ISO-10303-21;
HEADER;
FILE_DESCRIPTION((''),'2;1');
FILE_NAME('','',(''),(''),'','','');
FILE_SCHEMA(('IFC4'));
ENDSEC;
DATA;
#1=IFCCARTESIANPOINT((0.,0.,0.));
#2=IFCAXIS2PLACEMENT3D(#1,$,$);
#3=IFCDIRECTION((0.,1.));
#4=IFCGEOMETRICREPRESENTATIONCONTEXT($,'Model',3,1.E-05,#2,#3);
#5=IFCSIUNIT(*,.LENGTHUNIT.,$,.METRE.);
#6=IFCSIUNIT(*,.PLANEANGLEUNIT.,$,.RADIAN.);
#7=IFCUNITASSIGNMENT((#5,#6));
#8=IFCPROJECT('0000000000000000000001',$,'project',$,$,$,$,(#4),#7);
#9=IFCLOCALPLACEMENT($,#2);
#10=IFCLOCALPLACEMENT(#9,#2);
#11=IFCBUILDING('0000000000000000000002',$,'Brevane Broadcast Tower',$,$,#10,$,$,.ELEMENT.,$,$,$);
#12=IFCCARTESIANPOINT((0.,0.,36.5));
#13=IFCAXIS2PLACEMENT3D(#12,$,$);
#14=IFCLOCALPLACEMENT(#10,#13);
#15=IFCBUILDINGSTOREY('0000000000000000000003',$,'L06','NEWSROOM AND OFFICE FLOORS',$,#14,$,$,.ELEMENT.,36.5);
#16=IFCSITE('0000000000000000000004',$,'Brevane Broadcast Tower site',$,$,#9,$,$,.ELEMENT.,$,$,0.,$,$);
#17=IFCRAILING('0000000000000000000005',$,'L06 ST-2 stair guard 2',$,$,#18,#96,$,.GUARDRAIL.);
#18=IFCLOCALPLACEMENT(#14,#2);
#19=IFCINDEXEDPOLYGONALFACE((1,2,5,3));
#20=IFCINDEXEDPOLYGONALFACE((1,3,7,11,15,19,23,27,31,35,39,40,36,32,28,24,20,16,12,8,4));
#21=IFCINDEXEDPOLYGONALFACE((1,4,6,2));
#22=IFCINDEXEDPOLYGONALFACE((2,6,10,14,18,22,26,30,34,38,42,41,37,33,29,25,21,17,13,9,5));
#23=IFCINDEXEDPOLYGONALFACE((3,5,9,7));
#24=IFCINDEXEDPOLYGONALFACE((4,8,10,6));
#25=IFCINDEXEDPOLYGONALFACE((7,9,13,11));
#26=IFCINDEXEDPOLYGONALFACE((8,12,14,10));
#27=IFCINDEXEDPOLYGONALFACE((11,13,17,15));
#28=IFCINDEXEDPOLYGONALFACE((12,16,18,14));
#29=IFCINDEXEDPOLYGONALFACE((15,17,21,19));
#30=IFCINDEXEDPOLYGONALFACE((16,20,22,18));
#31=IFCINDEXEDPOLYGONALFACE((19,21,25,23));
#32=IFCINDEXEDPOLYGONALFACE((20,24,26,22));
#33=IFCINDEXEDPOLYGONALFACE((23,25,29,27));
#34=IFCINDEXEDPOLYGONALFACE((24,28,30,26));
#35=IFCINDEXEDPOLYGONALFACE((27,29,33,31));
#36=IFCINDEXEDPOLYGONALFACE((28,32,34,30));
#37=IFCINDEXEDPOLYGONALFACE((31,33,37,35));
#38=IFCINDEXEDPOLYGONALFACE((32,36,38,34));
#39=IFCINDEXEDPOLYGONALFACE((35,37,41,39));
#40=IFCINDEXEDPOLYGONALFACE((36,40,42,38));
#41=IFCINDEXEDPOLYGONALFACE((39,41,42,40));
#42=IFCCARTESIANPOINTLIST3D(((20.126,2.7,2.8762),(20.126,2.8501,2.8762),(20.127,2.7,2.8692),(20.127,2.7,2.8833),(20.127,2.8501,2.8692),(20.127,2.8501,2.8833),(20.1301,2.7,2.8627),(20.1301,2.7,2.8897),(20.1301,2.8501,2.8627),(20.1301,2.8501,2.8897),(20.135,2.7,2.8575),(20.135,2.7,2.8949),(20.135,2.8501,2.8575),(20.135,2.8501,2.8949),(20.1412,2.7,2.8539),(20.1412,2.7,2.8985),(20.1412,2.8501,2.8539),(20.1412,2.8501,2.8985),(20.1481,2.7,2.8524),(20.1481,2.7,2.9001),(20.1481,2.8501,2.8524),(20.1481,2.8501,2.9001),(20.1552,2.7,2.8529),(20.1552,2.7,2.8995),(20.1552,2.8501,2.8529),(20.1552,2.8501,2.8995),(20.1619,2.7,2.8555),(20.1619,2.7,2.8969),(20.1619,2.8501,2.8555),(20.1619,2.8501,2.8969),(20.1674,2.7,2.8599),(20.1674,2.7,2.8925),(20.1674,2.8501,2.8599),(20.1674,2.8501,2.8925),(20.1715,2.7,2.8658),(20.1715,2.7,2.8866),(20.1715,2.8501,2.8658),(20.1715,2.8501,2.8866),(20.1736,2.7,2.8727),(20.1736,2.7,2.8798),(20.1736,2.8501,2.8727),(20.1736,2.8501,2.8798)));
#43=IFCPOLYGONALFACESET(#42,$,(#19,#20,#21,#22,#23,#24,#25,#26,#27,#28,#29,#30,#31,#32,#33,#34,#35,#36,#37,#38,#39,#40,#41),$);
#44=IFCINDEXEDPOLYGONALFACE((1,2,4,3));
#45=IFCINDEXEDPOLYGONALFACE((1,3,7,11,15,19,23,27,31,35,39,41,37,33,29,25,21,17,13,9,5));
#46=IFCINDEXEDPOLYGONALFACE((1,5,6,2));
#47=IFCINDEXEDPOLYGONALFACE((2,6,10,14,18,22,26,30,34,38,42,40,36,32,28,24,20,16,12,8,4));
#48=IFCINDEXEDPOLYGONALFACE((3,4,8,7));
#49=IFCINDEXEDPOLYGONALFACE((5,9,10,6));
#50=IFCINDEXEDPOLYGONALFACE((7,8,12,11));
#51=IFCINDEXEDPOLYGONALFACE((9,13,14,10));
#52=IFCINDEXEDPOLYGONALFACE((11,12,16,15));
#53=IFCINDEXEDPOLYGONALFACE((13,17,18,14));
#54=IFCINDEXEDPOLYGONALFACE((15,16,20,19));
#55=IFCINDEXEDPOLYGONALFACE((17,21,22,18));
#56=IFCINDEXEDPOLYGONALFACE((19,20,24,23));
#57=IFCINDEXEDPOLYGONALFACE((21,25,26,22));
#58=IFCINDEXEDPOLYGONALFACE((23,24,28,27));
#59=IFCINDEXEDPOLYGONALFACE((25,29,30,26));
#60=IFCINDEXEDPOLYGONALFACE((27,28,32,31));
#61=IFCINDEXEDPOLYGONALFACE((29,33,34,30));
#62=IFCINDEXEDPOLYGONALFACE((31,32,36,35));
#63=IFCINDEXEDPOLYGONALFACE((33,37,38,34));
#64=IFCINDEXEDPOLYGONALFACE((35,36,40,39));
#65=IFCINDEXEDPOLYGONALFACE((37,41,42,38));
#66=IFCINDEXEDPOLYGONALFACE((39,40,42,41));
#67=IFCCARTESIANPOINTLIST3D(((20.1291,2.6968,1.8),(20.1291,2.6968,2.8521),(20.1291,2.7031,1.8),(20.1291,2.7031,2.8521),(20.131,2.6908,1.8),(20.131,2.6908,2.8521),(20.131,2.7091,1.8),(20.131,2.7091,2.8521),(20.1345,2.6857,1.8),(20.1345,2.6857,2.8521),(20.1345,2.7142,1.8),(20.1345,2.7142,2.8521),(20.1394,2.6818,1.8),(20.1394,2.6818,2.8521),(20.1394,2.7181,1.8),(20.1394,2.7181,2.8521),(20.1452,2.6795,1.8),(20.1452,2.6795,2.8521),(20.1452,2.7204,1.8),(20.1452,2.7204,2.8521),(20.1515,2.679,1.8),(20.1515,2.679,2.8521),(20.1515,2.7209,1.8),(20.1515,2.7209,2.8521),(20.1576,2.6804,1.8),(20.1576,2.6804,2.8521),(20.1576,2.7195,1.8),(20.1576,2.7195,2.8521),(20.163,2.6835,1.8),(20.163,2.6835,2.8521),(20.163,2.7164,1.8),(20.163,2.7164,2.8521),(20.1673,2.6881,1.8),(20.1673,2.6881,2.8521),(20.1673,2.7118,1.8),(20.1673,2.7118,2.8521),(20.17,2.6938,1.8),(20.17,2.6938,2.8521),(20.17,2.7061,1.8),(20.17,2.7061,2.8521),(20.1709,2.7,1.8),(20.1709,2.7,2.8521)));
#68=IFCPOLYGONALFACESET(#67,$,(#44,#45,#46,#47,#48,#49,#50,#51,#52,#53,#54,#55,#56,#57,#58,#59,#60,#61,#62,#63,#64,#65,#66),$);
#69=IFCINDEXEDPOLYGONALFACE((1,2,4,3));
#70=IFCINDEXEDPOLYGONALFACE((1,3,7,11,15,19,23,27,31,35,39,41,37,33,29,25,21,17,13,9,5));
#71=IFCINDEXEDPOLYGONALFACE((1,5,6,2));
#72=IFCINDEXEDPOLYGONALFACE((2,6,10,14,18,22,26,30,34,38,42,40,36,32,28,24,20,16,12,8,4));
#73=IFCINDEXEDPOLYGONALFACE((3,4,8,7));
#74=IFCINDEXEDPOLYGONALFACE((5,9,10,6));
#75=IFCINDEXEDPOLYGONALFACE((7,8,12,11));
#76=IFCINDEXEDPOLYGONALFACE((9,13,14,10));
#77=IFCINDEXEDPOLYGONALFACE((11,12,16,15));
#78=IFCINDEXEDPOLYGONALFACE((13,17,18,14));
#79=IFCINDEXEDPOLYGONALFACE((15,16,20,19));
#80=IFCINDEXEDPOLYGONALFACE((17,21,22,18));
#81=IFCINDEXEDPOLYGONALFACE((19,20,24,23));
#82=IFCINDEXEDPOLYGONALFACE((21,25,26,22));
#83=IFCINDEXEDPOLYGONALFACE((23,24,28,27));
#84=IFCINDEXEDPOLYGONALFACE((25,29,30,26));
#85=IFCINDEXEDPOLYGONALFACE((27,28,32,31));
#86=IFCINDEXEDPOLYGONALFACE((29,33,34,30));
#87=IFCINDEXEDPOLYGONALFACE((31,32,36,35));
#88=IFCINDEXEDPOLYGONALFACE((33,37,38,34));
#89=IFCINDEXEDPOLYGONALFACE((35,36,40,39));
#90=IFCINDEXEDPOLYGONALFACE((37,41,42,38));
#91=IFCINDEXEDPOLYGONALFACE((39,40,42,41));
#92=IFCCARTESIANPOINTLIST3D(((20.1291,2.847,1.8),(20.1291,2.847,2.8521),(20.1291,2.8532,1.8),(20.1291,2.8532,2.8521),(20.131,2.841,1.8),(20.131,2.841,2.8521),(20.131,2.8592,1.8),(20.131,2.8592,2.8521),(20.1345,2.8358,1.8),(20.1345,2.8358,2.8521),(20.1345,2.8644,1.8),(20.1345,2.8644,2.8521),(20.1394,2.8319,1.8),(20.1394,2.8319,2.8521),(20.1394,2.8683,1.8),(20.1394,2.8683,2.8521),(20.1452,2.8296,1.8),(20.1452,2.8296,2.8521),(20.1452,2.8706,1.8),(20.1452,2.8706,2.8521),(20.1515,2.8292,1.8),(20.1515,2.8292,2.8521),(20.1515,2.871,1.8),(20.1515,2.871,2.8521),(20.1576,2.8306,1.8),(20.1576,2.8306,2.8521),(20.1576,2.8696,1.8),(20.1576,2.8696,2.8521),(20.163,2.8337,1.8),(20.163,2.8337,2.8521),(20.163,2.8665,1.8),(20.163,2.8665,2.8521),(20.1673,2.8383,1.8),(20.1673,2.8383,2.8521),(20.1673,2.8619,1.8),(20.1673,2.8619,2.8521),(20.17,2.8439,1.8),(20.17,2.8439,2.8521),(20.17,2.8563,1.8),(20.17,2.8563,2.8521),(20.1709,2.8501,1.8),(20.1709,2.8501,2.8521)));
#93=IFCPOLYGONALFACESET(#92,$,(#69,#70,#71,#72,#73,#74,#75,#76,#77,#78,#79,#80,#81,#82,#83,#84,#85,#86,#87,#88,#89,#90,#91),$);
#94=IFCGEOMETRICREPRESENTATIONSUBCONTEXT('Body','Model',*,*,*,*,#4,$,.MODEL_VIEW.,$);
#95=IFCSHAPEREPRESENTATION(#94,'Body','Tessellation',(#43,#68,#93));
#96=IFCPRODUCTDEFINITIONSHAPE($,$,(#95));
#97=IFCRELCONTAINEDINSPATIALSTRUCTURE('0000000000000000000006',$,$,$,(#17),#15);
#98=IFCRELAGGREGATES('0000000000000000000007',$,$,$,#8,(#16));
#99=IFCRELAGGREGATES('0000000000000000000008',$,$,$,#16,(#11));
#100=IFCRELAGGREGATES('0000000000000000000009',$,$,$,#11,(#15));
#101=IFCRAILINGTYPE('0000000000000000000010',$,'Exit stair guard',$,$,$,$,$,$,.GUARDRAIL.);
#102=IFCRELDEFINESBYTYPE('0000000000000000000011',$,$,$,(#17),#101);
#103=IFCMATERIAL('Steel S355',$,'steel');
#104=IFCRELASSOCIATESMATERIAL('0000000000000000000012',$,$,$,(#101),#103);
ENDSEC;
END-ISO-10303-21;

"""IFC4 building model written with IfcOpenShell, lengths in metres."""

from ifc_helpers import new_model, si_unit, direction, frame, origin, origin_2d, place, context, subcontext, project, spatial, circle, extrude, material, type_object, element, save


model = new_model("IFC4")

# Units and contexts
model_context = context("Model", 3, precision=1e-05, world=origin(), true_north=direction((0.0, 1.0)))
body_context = subcontext(model_context, "Body", "Model", "MODEL_VIEW")
ifc_project = project(units=[si_unit("LENGTHUNIT", "METRE"), si_unit("PLANEANGLEUNIT", "RADIAN")], contexts=[model_context])

# Site, building, storey
site_placement = place(None, origin())
site = spatial("IfcSite", under=ifc_project, at=site_placement, Name="Brevane Broadcast Tower site", CompositionType="ELEMENT", RefElevation=0.0)
building_placement = place(site_placement, origin())
building = spatial("IfcBuilding", under=site, at=building_placement, Name="Brevane Broadcast Tower", CompositionType="ELEMENT")
storey_placement = place(building_placement, frame((0.0, 0.0, 36.5)))
storey = spatial("IfcBuildingStorey", under=building, at=storey_placement, Name="L06", Description="NEWSROOM AND OFFICE FLOORS", CompositionType="ELEMENT", Elevation=36.5)

# Railing
ifc_material_1 = material(Name="Steel S355", Category="steel")
railing_type_1 = type_object("IfcRailingType", Name="Exit stair guard", PredefinedType="GUARDRAIL", material=ifc_material_1)
railing_1_placement = place(storey_placement, frame((20.1499, 2.7, 1.8)))
element("IfcRailing", 1, at=railing_1_placement, inside=storey, type_object=railing_type_1, Name="L06 ST-2 stair guard 2", PredefinedType="GUARDRAIL", context=body_context, shape_type="SweptSolid", body=[
    extrude(circle(Radius=0.0239, at=origin_2d()), frame((0.0, 0.0, 1.0762), z_axis=(0.0, 1.0, 0.0), x_axis=(-1.0, 0.0, 0.0)), (0.0, 0.0, 1.0), 0.1501),
    extrude(circle(Radius=0.021, at=origin_2d()), origin(), (0.0, 0.0, 1.0), 1.052),
    extrude(circle(Radius=0.021, at=origin_2d()), frame((0.0, 0.1501, 0.0)), (0.0, 0.0, 1.0), 1.052),
])

save(model, "model.ifc")
